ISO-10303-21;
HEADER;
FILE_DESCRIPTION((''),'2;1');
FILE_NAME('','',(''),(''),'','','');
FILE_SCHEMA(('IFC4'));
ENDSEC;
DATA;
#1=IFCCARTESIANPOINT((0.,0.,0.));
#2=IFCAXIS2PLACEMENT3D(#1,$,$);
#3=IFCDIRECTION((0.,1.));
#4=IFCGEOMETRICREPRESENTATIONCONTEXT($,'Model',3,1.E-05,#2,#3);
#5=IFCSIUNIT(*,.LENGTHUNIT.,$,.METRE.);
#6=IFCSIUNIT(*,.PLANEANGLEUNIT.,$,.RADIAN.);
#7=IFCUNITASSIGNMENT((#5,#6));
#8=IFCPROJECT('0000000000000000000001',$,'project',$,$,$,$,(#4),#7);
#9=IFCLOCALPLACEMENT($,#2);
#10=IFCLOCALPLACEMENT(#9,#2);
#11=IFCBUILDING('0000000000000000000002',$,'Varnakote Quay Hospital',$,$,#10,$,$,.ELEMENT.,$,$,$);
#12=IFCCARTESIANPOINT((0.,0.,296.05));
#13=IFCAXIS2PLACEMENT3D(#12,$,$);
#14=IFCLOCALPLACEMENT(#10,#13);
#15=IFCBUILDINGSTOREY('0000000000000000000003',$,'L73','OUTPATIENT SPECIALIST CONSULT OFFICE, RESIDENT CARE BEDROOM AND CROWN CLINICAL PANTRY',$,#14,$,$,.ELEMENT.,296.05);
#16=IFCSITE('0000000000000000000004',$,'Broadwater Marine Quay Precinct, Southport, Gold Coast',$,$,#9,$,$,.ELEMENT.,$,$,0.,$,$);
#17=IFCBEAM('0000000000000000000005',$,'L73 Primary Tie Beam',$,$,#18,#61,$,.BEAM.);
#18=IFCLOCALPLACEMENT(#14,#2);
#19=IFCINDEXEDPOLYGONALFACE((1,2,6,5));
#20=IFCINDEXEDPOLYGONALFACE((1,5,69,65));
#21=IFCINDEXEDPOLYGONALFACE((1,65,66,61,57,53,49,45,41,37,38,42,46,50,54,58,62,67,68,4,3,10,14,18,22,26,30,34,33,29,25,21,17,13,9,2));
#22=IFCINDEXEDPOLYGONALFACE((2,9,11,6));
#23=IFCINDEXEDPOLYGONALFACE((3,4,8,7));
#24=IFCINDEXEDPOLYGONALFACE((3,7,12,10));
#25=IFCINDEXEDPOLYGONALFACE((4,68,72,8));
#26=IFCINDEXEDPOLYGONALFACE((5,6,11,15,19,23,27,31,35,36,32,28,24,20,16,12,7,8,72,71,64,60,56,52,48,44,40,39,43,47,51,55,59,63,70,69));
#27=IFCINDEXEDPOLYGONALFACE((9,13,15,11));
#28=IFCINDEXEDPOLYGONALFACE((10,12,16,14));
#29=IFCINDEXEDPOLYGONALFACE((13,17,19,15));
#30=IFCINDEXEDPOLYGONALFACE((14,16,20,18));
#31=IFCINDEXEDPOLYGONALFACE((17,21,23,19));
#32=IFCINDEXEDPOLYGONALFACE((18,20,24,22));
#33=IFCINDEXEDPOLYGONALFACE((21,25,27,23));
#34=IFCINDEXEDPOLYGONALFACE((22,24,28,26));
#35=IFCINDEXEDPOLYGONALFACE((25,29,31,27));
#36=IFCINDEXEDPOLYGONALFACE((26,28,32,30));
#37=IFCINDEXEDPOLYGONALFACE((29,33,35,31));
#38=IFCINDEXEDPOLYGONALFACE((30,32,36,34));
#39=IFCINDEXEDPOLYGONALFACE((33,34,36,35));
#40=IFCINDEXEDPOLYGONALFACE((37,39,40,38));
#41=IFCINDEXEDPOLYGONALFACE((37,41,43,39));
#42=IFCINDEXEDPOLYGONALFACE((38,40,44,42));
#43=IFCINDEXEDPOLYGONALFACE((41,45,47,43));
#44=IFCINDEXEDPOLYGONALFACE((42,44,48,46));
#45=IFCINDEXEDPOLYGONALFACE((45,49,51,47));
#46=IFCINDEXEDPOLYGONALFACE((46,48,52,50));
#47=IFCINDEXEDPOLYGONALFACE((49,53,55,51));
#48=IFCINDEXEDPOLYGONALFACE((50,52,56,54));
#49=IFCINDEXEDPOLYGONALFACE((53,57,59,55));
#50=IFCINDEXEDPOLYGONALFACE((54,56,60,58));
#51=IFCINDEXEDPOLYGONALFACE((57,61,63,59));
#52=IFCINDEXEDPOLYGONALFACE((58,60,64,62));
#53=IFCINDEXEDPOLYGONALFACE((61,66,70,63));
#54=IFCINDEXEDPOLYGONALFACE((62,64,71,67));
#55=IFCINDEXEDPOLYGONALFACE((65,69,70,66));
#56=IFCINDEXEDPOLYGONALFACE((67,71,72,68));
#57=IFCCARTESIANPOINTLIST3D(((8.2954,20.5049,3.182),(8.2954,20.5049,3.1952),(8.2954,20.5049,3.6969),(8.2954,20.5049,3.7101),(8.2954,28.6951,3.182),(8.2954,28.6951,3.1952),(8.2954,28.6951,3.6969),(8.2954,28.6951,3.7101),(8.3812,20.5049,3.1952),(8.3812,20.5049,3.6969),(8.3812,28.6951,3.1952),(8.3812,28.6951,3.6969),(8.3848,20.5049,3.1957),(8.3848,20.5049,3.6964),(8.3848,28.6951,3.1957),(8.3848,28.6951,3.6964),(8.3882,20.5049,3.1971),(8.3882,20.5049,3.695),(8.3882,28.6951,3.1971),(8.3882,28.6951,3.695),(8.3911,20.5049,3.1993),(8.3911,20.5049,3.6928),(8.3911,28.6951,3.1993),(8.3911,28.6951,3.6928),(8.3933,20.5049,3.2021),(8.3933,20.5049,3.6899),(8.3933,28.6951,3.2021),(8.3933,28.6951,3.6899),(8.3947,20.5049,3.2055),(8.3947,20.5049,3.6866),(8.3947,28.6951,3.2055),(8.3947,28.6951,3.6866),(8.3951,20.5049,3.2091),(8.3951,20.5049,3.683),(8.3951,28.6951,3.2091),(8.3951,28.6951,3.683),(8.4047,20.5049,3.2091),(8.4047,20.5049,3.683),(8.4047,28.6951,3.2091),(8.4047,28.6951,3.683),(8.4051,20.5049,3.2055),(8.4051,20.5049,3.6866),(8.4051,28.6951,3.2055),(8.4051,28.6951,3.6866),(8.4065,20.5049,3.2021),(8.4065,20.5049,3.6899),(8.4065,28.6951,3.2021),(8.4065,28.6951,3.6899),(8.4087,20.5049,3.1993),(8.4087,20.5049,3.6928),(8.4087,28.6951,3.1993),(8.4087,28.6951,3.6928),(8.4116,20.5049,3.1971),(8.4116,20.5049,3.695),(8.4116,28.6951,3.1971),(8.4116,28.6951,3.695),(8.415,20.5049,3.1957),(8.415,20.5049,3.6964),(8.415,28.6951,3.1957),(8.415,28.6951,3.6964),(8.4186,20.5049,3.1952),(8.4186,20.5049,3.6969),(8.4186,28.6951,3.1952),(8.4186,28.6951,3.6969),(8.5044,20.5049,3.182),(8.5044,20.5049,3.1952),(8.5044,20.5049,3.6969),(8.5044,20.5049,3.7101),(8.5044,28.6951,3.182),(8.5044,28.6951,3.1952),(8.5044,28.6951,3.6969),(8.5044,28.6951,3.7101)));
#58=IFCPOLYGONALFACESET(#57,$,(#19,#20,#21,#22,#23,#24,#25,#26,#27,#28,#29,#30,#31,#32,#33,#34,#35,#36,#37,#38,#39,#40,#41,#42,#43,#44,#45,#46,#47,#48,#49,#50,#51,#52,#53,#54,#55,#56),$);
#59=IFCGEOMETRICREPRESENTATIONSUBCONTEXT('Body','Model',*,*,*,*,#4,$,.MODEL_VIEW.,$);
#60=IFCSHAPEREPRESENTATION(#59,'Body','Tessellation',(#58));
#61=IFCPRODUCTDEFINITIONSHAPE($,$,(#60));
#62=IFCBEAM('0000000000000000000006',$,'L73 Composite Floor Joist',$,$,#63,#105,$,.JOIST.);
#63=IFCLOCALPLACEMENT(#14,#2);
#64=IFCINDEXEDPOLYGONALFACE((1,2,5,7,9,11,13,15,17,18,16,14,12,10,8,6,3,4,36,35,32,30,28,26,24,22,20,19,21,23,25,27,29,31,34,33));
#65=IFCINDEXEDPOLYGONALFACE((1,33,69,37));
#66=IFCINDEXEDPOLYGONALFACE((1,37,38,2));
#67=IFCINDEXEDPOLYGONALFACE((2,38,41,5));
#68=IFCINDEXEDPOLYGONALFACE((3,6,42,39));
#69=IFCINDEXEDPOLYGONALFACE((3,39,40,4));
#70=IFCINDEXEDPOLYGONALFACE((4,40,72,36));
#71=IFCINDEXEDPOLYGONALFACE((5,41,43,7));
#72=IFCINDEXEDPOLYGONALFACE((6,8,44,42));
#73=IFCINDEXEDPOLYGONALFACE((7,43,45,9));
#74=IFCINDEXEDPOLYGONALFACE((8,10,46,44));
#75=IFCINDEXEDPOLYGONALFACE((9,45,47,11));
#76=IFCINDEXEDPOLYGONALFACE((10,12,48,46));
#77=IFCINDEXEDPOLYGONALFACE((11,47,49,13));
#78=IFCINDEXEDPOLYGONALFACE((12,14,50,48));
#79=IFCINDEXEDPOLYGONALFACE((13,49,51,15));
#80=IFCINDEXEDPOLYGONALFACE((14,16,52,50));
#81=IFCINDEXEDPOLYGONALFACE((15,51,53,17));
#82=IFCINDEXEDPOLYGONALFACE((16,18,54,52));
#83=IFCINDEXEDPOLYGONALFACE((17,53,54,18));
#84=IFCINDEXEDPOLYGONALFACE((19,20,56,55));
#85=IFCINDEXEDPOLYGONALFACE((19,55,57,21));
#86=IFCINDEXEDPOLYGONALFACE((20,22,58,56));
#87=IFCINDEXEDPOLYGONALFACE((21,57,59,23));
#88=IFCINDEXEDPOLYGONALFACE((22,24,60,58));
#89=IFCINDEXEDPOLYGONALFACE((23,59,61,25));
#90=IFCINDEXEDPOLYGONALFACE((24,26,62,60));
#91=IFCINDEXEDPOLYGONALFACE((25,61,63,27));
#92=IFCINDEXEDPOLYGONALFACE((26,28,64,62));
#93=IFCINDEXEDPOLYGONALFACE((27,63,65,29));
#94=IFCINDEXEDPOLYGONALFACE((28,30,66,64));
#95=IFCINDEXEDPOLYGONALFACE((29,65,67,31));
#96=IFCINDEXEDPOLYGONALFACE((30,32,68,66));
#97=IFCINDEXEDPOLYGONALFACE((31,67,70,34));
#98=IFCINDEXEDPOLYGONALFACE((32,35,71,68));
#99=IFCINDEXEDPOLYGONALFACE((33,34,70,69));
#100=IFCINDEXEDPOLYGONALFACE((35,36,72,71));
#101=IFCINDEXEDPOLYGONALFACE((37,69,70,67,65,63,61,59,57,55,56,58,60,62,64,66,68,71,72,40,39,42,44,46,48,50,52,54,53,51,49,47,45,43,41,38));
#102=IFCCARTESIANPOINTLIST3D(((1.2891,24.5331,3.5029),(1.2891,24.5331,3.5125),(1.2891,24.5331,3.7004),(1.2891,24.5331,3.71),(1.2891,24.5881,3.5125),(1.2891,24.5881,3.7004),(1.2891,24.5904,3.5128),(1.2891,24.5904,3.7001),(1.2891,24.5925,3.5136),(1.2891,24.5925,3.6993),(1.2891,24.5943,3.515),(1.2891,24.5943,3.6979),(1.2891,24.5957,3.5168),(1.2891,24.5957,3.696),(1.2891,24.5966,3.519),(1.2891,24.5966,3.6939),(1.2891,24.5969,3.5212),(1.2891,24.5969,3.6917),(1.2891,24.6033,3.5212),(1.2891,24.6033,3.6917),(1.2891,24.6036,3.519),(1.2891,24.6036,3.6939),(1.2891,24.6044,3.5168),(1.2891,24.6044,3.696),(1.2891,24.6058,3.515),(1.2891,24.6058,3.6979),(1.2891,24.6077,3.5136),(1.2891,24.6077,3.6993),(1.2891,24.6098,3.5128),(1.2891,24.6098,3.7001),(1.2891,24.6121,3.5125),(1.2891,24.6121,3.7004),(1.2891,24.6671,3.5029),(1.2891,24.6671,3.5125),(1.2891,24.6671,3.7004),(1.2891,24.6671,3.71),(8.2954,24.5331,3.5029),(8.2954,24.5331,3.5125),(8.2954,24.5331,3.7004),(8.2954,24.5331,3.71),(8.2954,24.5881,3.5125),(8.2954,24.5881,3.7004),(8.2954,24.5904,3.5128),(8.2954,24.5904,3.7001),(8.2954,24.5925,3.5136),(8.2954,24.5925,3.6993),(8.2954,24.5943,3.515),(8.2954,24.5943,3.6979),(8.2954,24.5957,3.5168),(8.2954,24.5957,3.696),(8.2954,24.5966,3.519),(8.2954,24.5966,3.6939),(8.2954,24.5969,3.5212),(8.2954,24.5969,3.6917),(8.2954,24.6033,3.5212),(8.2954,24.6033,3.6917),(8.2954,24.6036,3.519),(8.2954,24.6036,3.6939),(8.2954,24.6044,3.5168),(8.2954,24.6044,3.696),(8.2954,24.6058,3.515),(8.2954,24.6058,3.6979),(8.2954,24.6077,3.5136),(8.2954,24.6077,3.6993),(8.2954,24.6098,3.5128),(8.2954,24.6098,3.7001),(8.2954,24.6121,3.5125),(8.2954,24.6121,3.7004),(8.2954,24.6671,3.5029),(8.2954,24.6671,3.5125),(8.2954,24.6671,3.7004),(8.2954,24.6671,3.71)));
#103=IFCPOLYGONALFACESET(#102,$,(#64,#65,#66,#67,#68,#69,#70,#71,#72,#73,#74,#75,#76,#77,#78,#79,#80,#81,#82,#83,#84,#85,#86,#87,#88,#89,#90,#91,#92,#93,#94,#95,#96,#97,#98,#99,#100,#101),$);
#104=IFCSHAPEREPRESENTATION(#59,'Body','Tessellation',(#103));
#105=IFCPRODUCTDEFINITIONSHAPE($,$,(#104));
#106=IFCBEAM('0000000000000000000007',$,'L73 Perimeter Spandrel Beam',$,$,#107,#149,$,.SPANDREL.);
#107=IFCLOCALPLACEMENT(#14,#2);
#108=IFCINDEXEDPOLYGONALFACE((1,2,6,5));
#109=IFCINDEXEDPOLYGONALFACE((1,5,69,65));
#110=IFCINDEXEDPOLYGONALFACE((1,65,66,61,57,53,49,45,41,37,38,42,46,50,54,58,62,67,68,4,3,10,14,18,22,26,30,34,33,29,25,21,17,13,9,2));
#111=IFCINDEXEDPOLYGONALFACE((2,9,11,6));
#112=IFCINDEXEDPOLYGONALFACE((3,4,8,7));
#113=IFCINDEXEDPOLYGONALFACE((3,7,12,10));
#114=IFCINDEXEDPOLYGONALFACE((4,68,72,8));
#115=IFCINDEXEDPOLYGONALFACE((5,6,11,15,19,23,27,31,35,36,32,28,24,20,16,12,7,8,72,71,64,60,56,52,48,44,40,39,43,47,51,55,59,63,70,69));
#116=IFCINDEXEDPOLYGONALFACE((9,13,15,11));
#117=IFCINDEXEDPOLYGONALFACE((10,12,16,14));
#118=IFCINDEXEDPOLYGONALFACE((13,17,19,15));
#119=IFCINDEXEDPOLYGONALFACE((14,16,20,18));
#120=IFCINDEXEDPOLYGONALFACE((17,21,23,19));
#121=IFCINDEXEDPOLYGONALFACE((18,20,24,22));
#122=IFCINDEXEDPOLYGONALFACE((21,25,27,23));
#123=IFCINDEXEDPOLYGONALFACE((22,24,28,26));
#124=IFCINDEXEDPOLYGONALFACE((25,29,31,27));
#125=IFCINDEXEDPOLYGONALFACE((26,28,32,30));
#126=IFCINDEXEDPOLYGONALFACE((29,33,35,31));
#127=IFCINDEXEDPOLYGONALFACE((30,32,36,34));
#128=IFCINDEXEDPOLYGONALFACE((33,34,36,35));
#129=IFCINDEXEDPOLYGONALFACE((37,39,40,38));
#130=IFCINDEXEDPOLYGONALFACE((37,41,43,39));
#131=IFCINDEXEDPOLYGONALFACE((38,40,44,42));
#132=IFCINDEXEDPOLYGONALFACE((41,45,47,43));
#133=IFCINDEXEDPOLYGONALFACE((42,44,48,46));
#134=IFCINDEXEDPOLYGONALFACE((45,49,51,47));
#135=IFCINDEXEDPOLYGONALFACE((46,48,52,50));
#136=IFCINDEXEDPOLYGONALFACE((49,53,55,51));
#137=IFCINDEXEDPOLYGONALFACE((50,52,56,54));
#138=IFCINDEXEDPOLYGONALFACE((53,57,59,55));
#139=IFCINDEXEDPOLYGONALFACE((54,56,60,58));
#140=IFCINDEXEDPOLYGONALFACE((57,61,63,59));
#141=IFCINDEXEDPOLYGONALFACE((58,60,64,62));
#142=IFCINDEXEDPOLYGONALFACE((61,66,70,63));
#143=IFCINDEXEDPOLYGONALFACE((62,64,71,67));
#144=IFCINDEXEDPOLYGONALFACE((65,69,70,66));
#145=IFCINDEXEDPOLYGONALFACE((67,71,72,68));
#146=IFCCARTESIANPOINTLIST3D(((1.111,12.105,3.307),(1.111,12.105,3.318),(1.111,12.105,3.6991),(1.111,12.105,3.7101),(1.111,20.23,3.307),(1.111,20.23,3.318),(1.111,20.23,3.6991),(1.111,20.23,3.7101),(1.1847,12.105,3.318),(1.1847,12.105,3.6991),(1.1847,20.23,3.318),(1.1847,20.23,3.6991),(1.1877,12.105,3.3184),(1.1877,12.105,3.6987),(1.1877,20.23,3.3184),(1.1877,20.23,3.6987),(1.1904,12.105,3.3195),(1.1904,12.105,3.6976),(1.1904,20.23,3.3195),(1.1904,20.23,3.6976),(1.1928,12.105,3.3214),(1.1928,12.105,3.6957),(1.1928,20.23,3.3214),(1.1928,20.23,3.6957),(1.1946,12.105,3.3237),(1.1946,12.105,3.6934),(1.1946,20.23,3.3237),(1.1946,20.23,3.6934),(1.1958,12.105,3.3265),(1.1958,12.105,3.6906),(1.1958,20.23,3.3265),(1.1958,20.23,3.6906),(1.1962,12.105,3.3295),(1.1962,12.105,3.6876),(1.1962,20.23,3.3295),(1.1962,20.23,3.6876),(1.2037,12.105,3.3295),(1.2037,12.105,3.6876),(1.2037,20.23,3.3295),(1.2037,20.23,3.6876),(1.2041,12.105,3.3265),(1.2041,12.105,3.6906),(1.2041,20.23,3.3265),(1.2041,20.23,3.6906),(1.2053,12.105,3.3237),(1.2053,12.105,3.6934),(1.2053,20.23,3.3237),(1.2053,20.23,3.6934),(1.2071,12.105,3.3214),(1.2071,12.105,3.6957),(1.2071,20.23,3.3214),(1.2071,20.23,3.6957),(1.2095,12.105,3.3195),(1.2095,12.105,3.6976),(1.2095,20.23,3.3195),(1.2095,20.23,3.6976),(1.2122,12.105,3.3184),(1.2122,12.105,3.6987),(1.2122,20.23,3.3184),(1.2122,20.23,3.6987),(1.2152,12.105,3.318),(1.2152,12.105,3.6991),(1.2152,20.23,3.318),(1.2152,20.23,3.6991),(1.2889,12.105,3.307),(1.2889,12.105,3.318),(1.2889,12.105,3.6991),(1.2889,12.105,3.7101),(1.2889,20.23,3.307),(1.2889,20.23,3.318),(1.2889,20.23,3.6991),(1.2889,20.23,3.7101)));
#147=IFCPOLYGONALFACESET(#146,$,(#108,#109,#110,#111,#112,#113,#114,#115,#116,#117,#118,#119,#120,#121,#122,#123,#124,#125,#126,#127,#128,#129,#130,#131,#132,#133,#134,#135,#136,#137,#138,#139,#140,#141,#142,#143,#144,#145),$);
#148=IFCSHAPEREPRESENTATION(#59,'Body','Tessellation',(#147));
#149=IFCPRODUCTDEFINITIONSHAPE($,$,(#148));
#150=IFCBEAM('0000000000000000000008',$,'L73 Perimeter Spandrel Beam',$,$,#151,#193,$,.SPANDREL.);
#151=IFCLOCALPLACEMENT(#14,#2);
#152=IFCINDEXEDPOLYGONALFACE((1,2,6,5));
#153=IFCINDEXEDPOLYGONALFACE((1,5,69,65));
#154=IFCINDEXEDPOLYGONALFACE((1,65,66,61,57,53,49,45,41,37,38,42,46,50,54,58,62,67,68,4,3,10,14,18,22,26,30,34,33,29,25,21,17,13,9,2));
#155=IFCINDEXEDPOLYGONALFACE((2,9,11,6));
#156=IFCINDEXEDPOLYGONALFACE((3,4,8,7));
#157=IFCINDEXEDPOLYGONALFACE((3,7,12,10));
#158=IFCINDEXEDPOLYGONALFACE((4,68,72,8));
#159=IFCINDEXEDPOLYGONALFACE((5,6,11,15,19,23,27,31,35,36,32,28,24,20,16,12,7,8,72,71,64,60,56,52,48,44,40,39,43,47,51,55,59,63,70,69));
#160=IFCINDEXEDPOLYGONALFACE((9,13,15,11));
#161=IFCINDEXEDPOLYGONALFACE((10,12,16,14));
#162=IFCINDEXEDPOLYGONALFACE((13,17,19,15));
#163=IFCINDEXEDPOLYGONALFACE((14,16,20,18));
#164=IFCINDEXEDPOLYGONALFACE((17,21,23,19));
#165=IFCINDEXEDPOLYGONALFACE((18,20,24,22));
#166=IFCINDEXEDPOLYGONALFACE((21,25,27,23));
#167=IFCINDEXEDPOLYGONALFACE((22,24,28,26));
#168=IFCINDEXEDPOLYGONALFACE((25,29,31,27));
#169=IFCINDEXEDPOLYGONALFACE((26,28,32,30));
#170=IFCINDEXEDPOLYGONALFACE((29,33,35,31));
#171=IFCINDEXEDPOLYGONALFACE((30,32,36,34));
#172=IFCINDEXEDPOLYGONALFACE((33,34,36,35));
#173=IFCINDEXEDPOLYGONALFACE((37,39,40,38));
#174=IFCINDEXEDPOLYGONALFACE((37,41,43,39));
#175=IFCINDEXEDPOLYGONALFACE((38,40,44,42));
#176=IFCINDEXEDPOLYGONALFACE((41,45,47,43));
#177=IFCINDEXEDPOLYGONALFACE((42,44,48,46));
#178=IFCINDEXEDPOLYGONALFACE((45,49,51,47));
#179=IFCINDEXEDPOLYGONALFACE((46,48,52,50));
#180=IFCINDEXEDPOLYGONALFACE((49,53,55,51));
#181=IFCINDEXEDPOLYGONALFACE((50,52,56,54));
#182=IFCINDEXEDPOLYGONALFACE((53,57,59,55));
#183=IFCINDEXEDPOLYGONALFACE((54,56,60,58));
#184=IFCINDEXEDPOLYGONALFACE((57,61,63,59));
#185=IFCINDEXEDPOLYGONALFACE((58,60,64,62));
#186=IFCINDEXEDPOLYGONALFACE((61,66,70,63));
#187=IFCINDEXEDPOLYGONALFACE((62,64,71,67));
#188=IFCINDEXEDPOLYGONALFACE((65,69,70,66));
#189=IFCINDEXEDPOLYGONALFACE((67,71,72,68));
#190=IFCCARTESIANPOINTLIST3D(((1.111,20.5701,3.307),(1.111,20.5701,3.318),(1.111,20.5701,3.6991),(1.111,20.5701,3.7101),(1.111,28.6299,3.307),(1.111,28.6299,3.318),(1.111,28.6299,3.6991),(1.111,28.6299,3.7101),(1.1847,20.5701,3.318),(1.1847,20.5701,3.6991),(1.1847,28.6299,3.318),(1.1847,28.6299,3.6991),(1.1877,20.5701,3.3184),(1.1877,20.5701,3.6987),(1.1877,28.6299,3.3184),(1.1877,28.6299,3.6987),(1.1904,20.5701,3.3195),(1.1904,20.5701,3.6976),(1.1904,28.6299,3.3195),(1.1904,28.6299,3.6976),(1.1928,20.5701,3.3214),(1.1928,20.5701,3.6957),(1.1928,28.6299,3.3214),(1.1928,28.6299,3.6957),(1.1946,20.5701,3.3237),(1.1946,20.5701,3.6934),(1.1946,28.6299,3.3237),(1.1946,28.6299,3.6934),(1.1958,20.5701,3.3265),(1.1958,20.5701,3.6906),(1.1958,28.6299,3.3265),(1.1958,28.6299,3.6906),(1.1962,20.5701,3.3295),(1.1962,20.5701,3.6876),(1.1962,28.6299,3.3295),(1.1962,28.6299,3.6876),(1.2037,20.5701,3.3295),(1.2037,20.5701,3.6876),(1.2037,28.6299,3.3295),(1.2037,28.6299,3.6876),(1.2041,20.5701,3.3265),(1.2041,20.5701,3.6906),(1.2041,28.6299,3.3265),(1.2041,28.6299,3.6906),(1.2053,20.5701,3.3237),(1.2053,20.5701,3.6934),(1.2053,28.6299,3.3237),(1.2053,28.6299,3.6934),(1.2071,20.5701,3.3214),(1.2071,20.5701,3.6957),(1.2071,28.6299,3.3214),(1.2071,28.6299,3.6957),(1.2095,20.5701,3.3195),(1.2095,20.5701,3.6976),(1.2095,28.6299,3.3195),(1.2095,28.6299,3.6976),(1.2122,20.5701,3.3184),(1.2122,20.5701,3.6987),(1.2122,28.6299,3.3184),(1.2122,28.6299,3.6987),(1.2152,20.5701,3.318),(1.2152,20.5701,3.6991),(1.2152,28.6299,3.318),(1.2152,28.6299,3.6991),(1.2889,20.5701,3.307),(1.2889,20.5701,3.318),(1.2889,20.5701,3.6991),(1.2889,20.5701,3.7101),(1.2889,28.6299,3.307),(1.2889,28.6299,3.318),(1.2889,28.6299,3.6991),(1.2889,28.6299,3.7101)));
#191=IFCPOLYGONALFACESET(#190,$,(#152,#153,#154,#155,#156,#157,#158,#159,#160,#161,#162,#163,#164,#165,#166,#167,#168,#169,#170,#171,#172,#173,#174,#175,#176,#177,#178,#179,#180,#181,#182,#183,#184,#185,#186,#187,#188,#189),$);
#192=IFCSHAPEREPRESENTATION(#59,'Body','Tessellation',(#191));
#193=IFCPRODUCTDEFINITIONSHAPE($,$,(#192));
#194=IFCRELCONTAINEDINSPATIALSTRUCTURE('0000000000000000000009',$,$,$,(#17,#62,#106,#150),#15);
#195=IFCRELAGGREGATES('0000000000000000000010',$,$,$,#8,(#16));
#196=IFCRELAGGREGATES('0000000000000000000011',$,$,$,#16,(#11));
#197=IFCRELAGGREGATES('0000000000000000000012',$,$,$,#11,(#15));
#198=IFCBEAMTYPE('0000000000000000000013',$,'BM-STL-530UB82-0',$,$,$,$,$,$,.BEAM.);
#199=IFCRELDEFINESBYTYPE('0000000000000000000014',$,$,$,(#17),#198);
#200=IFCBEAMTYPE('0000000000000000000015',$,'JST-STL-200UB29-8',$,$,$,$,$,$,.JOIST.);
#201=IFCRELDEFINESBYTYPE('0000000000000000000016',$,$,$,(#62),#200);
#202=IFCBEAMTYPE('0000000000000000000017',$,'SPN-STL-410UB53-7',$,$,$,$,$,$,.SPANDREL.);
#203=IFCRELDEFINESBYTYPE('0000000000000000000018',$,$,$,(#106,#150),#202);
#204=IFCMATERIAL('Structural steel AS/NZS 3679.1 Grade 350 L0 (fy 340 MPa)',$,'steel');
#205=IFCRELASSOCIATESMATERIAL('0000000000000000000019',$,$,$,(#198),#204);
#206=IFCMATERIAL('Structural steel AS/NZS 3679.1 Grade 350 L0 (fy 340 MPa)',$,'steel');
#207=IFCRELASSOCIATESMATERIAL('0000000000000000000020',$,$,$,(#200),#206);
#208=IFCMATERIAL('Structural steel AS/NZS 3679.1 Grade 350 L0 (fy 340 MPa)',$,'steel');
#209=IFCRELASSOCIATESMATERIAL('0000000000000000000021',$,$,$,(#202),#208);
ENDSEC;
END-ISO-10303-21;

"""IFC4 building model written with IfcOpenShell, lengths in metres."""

from ifc_helpers import new_model, si_unit, direction, frame, origin, origin_2d, place, context, subcontext, project, spatial, i_section, extrude, material, material_profile, profile_set, type_object, element, save


model = new_model("IFC4")

# Units and contexts
model_context = context("Model", 3, precision=1e-05, world=origin(), true_north=direction((0.0, 1.0)))
body_context = subcontext(model_context, "Body", "Model", "MODEL_VIEW")
ifc_project = project(units=[si_unit("LENGTHUNIT", "METRE"), si_unit("PLANEANGLEUNIT", "RADIAN")], contexts=[model_context])

# Site, building, storey
site_placement = place(None, origin())
site = spatial("IfcSite", under=ifc_project, at=site_placement, Name="Broadwater Marine Quay Precinct, Southport, Gold Coast", CompositionType="ELEMENT", RefElevation=0.0)
building_placement = place(site_placement, origin())
building = spatial("IfcBuilding", under=site, at=building_placement, Name="Varnakote Quay Hospital", CompositionType="ELEMENT")
storey_placement = place(building_placement, frame((0.0, 0.0, 296.05)))
storey = spatial("IfcBuildingStorey", under=building, at=storey_placement, Name="L73", Description="OUTPATIENT SPECIALIST CONSULT OFFICE, RESIDENT CARE BEDROOM AND CROWN CLINICAL PANTRY", CompositionType="ELEMENT", Elevation=296.05)

# Beams
ifc_material_1 = material(Name="Structural steel AS/NZS 3679.1 Grade 350 L0 (fy 340 MPa)", Category="steel")
ifc_material_profile_1 = material_profile(ifc_material_1, i_section(OverallWidth=0.209, OverallDepth=0.5281, WebThickness=0.0095, FlangeThickness=0.0132, FilletRadius=0.0139, at=origin_2d()), Name="530UB82.0")
ifc_profile_set_1 = profile_set([ifc_material_profile_1], Name="Structural steel AS/NZS 3679.1 Grade 350 L0 (fy 340 MPa)")
beam_type_1 = type_object("IfcBeamType", Name="BM-STL-530UB82-0", PredefinedType="BEAM", material=ifc_profile_set_1)
beam_1_placement = place(storey_placement, frame((8.3999, 20.5049, 3.446), z_axis=(0.0, 1.0, 0.0), x_axis=(-1.0, 0.0, 0.0)))
element("IfcBeam", 1, at=beam_1_placement, inside=storey, type_object=beam_type_1, Name="L73 Primary Tie Beam", PredefinedType="BEAM", context=body_context, shape_type="SweptSolid", body=[
    extrude(i_section(OverallWidth=0.209, OverallDepth=0.5281, WebThickness=0.0095, FlangeThickness=0.0132, FilletRadius=0.0139, at=origin_2d()), origin(), (0.0, 0.0, 1.0), 8.1902),
])
ifc_material_2 = material(Name="Structural steel AS/NZS 3679.1 Grade 350 L0 (fy 340 MPa)", Category="steel")
ifc_material_profile_2 = material_profile(ifc_material_2, i_section(OverallWidth=0.134, OverallDepth=0.207, WebThickness=0.0063, FlangeThickness=0.0095, FilletRadius=0.0088, at=origin_2d()), Name="200UB29.8")
ifc_profile_set_2 = profile_set([ifc_material_profile_2], Name="Structural steel AS/NZS 3679.1 Grade 350 L0 (fy 340 MPa)")
beam_type_2 = type_object("IfcBeamType", Name="JST-STL-200UB29-8", PredefinedType="JOIST", material=ifc_profile_set_2)
beam_2_placement = place(storey_placement, frame((1.2891, 24.6001, 3.6064), z_axis=(1.0, 0.0, 0.0), x_axis=(0.0, 1.0, 0.0)))
element("IfcBeam", 2, at=beam_2_placement, inside=storey, type_object=beam_type_2, Name="L73 Composite Floor Joist", PredefinedType="JOIST", context=body_context, shape_type="SweptSolid", body=[
    extrude(i_section(OverallWidth=0.134, OverallDepth=0.207, WebThickness=0.0063, FlangeThickness=0.0095, FilletRadius=0.0088, at=origin_2d()), origin(), (0.0, 0.0, 1.0), 7.0063),
])
ifc_material_3 = material(Name="Structural steel AS/NZS 3679.1 Grade 350 L0 (fy 340 MPa)", Category="steel")
ifc_material_profile_3 = material_profile(ifc_material_3, i_section(OverallWidth=0.178, OverallDepth=0.4031, WebThickness=0.0076, FlangeThickness=0.011, FilletRadius=0.0115, at=origin_2d()), Name="410UB53.7")
ifc_profile_set_3 = profile_set([ifc_material_profile_3], Name="Structural steel AS/NZS 3679.1 Grade 350 L0 (fy 340 MPa)")
beam_type_3 = type_object("IfcBeamType", Name="SPN-STL-410UB53-7", PredefinedType="SPANDREL", material=ifc_profile_set_3)
beam_3_placement = place(storey_placement, frame((1.2, 12.105, 3.5085), z_axis=(0.0, 1.0, 0.0), x_axis=(-1.0, 0.0, 0.0)))
element("IfcBeam", 3, at=beam_3_placement, inside=storey, type_object=beam_type_3, Name="L73 Perimeter Spandrel Beam", PredefinedType="SPANDREL", context=body_context, shape_type="SweptSolid", body=[
    extrude(i_section(OverallWidth=0.178, OverallDepth=0.4031, WebThickness=0.0076, FlangeThickness=0.011, FilletRadius=0.0115, at=origin_2d()), origin(), (0.0, 0.0, 1.0), 8.125),
])
beam_4_placement = place(storey_placement, frame((1.2, 20.5701, 3.5085), z_axis=(0.0, 1.0, 0.0), x_axis=(-1.0, 0.0, 0.0)))
element("IfcBeam", 4, at=beam_4_placement, inside=storey, type_object=beam_type_3, Name="L73 Perimeter Spandrel Beam", PredefinedType="SPANDREL", context=body_context, shape_type="SweptSolid", body=[
    extrude(i_section(OverallWidth=0.178, OverallDepth=0.4031, WebThickness=0.0076, FlangeThickness=0.011, FilletRadius=0.0115, at=origin_2d()), origin(), (0.0, 0.0, 1.0), 8.0598),
])

save(model, "model.ifc")
